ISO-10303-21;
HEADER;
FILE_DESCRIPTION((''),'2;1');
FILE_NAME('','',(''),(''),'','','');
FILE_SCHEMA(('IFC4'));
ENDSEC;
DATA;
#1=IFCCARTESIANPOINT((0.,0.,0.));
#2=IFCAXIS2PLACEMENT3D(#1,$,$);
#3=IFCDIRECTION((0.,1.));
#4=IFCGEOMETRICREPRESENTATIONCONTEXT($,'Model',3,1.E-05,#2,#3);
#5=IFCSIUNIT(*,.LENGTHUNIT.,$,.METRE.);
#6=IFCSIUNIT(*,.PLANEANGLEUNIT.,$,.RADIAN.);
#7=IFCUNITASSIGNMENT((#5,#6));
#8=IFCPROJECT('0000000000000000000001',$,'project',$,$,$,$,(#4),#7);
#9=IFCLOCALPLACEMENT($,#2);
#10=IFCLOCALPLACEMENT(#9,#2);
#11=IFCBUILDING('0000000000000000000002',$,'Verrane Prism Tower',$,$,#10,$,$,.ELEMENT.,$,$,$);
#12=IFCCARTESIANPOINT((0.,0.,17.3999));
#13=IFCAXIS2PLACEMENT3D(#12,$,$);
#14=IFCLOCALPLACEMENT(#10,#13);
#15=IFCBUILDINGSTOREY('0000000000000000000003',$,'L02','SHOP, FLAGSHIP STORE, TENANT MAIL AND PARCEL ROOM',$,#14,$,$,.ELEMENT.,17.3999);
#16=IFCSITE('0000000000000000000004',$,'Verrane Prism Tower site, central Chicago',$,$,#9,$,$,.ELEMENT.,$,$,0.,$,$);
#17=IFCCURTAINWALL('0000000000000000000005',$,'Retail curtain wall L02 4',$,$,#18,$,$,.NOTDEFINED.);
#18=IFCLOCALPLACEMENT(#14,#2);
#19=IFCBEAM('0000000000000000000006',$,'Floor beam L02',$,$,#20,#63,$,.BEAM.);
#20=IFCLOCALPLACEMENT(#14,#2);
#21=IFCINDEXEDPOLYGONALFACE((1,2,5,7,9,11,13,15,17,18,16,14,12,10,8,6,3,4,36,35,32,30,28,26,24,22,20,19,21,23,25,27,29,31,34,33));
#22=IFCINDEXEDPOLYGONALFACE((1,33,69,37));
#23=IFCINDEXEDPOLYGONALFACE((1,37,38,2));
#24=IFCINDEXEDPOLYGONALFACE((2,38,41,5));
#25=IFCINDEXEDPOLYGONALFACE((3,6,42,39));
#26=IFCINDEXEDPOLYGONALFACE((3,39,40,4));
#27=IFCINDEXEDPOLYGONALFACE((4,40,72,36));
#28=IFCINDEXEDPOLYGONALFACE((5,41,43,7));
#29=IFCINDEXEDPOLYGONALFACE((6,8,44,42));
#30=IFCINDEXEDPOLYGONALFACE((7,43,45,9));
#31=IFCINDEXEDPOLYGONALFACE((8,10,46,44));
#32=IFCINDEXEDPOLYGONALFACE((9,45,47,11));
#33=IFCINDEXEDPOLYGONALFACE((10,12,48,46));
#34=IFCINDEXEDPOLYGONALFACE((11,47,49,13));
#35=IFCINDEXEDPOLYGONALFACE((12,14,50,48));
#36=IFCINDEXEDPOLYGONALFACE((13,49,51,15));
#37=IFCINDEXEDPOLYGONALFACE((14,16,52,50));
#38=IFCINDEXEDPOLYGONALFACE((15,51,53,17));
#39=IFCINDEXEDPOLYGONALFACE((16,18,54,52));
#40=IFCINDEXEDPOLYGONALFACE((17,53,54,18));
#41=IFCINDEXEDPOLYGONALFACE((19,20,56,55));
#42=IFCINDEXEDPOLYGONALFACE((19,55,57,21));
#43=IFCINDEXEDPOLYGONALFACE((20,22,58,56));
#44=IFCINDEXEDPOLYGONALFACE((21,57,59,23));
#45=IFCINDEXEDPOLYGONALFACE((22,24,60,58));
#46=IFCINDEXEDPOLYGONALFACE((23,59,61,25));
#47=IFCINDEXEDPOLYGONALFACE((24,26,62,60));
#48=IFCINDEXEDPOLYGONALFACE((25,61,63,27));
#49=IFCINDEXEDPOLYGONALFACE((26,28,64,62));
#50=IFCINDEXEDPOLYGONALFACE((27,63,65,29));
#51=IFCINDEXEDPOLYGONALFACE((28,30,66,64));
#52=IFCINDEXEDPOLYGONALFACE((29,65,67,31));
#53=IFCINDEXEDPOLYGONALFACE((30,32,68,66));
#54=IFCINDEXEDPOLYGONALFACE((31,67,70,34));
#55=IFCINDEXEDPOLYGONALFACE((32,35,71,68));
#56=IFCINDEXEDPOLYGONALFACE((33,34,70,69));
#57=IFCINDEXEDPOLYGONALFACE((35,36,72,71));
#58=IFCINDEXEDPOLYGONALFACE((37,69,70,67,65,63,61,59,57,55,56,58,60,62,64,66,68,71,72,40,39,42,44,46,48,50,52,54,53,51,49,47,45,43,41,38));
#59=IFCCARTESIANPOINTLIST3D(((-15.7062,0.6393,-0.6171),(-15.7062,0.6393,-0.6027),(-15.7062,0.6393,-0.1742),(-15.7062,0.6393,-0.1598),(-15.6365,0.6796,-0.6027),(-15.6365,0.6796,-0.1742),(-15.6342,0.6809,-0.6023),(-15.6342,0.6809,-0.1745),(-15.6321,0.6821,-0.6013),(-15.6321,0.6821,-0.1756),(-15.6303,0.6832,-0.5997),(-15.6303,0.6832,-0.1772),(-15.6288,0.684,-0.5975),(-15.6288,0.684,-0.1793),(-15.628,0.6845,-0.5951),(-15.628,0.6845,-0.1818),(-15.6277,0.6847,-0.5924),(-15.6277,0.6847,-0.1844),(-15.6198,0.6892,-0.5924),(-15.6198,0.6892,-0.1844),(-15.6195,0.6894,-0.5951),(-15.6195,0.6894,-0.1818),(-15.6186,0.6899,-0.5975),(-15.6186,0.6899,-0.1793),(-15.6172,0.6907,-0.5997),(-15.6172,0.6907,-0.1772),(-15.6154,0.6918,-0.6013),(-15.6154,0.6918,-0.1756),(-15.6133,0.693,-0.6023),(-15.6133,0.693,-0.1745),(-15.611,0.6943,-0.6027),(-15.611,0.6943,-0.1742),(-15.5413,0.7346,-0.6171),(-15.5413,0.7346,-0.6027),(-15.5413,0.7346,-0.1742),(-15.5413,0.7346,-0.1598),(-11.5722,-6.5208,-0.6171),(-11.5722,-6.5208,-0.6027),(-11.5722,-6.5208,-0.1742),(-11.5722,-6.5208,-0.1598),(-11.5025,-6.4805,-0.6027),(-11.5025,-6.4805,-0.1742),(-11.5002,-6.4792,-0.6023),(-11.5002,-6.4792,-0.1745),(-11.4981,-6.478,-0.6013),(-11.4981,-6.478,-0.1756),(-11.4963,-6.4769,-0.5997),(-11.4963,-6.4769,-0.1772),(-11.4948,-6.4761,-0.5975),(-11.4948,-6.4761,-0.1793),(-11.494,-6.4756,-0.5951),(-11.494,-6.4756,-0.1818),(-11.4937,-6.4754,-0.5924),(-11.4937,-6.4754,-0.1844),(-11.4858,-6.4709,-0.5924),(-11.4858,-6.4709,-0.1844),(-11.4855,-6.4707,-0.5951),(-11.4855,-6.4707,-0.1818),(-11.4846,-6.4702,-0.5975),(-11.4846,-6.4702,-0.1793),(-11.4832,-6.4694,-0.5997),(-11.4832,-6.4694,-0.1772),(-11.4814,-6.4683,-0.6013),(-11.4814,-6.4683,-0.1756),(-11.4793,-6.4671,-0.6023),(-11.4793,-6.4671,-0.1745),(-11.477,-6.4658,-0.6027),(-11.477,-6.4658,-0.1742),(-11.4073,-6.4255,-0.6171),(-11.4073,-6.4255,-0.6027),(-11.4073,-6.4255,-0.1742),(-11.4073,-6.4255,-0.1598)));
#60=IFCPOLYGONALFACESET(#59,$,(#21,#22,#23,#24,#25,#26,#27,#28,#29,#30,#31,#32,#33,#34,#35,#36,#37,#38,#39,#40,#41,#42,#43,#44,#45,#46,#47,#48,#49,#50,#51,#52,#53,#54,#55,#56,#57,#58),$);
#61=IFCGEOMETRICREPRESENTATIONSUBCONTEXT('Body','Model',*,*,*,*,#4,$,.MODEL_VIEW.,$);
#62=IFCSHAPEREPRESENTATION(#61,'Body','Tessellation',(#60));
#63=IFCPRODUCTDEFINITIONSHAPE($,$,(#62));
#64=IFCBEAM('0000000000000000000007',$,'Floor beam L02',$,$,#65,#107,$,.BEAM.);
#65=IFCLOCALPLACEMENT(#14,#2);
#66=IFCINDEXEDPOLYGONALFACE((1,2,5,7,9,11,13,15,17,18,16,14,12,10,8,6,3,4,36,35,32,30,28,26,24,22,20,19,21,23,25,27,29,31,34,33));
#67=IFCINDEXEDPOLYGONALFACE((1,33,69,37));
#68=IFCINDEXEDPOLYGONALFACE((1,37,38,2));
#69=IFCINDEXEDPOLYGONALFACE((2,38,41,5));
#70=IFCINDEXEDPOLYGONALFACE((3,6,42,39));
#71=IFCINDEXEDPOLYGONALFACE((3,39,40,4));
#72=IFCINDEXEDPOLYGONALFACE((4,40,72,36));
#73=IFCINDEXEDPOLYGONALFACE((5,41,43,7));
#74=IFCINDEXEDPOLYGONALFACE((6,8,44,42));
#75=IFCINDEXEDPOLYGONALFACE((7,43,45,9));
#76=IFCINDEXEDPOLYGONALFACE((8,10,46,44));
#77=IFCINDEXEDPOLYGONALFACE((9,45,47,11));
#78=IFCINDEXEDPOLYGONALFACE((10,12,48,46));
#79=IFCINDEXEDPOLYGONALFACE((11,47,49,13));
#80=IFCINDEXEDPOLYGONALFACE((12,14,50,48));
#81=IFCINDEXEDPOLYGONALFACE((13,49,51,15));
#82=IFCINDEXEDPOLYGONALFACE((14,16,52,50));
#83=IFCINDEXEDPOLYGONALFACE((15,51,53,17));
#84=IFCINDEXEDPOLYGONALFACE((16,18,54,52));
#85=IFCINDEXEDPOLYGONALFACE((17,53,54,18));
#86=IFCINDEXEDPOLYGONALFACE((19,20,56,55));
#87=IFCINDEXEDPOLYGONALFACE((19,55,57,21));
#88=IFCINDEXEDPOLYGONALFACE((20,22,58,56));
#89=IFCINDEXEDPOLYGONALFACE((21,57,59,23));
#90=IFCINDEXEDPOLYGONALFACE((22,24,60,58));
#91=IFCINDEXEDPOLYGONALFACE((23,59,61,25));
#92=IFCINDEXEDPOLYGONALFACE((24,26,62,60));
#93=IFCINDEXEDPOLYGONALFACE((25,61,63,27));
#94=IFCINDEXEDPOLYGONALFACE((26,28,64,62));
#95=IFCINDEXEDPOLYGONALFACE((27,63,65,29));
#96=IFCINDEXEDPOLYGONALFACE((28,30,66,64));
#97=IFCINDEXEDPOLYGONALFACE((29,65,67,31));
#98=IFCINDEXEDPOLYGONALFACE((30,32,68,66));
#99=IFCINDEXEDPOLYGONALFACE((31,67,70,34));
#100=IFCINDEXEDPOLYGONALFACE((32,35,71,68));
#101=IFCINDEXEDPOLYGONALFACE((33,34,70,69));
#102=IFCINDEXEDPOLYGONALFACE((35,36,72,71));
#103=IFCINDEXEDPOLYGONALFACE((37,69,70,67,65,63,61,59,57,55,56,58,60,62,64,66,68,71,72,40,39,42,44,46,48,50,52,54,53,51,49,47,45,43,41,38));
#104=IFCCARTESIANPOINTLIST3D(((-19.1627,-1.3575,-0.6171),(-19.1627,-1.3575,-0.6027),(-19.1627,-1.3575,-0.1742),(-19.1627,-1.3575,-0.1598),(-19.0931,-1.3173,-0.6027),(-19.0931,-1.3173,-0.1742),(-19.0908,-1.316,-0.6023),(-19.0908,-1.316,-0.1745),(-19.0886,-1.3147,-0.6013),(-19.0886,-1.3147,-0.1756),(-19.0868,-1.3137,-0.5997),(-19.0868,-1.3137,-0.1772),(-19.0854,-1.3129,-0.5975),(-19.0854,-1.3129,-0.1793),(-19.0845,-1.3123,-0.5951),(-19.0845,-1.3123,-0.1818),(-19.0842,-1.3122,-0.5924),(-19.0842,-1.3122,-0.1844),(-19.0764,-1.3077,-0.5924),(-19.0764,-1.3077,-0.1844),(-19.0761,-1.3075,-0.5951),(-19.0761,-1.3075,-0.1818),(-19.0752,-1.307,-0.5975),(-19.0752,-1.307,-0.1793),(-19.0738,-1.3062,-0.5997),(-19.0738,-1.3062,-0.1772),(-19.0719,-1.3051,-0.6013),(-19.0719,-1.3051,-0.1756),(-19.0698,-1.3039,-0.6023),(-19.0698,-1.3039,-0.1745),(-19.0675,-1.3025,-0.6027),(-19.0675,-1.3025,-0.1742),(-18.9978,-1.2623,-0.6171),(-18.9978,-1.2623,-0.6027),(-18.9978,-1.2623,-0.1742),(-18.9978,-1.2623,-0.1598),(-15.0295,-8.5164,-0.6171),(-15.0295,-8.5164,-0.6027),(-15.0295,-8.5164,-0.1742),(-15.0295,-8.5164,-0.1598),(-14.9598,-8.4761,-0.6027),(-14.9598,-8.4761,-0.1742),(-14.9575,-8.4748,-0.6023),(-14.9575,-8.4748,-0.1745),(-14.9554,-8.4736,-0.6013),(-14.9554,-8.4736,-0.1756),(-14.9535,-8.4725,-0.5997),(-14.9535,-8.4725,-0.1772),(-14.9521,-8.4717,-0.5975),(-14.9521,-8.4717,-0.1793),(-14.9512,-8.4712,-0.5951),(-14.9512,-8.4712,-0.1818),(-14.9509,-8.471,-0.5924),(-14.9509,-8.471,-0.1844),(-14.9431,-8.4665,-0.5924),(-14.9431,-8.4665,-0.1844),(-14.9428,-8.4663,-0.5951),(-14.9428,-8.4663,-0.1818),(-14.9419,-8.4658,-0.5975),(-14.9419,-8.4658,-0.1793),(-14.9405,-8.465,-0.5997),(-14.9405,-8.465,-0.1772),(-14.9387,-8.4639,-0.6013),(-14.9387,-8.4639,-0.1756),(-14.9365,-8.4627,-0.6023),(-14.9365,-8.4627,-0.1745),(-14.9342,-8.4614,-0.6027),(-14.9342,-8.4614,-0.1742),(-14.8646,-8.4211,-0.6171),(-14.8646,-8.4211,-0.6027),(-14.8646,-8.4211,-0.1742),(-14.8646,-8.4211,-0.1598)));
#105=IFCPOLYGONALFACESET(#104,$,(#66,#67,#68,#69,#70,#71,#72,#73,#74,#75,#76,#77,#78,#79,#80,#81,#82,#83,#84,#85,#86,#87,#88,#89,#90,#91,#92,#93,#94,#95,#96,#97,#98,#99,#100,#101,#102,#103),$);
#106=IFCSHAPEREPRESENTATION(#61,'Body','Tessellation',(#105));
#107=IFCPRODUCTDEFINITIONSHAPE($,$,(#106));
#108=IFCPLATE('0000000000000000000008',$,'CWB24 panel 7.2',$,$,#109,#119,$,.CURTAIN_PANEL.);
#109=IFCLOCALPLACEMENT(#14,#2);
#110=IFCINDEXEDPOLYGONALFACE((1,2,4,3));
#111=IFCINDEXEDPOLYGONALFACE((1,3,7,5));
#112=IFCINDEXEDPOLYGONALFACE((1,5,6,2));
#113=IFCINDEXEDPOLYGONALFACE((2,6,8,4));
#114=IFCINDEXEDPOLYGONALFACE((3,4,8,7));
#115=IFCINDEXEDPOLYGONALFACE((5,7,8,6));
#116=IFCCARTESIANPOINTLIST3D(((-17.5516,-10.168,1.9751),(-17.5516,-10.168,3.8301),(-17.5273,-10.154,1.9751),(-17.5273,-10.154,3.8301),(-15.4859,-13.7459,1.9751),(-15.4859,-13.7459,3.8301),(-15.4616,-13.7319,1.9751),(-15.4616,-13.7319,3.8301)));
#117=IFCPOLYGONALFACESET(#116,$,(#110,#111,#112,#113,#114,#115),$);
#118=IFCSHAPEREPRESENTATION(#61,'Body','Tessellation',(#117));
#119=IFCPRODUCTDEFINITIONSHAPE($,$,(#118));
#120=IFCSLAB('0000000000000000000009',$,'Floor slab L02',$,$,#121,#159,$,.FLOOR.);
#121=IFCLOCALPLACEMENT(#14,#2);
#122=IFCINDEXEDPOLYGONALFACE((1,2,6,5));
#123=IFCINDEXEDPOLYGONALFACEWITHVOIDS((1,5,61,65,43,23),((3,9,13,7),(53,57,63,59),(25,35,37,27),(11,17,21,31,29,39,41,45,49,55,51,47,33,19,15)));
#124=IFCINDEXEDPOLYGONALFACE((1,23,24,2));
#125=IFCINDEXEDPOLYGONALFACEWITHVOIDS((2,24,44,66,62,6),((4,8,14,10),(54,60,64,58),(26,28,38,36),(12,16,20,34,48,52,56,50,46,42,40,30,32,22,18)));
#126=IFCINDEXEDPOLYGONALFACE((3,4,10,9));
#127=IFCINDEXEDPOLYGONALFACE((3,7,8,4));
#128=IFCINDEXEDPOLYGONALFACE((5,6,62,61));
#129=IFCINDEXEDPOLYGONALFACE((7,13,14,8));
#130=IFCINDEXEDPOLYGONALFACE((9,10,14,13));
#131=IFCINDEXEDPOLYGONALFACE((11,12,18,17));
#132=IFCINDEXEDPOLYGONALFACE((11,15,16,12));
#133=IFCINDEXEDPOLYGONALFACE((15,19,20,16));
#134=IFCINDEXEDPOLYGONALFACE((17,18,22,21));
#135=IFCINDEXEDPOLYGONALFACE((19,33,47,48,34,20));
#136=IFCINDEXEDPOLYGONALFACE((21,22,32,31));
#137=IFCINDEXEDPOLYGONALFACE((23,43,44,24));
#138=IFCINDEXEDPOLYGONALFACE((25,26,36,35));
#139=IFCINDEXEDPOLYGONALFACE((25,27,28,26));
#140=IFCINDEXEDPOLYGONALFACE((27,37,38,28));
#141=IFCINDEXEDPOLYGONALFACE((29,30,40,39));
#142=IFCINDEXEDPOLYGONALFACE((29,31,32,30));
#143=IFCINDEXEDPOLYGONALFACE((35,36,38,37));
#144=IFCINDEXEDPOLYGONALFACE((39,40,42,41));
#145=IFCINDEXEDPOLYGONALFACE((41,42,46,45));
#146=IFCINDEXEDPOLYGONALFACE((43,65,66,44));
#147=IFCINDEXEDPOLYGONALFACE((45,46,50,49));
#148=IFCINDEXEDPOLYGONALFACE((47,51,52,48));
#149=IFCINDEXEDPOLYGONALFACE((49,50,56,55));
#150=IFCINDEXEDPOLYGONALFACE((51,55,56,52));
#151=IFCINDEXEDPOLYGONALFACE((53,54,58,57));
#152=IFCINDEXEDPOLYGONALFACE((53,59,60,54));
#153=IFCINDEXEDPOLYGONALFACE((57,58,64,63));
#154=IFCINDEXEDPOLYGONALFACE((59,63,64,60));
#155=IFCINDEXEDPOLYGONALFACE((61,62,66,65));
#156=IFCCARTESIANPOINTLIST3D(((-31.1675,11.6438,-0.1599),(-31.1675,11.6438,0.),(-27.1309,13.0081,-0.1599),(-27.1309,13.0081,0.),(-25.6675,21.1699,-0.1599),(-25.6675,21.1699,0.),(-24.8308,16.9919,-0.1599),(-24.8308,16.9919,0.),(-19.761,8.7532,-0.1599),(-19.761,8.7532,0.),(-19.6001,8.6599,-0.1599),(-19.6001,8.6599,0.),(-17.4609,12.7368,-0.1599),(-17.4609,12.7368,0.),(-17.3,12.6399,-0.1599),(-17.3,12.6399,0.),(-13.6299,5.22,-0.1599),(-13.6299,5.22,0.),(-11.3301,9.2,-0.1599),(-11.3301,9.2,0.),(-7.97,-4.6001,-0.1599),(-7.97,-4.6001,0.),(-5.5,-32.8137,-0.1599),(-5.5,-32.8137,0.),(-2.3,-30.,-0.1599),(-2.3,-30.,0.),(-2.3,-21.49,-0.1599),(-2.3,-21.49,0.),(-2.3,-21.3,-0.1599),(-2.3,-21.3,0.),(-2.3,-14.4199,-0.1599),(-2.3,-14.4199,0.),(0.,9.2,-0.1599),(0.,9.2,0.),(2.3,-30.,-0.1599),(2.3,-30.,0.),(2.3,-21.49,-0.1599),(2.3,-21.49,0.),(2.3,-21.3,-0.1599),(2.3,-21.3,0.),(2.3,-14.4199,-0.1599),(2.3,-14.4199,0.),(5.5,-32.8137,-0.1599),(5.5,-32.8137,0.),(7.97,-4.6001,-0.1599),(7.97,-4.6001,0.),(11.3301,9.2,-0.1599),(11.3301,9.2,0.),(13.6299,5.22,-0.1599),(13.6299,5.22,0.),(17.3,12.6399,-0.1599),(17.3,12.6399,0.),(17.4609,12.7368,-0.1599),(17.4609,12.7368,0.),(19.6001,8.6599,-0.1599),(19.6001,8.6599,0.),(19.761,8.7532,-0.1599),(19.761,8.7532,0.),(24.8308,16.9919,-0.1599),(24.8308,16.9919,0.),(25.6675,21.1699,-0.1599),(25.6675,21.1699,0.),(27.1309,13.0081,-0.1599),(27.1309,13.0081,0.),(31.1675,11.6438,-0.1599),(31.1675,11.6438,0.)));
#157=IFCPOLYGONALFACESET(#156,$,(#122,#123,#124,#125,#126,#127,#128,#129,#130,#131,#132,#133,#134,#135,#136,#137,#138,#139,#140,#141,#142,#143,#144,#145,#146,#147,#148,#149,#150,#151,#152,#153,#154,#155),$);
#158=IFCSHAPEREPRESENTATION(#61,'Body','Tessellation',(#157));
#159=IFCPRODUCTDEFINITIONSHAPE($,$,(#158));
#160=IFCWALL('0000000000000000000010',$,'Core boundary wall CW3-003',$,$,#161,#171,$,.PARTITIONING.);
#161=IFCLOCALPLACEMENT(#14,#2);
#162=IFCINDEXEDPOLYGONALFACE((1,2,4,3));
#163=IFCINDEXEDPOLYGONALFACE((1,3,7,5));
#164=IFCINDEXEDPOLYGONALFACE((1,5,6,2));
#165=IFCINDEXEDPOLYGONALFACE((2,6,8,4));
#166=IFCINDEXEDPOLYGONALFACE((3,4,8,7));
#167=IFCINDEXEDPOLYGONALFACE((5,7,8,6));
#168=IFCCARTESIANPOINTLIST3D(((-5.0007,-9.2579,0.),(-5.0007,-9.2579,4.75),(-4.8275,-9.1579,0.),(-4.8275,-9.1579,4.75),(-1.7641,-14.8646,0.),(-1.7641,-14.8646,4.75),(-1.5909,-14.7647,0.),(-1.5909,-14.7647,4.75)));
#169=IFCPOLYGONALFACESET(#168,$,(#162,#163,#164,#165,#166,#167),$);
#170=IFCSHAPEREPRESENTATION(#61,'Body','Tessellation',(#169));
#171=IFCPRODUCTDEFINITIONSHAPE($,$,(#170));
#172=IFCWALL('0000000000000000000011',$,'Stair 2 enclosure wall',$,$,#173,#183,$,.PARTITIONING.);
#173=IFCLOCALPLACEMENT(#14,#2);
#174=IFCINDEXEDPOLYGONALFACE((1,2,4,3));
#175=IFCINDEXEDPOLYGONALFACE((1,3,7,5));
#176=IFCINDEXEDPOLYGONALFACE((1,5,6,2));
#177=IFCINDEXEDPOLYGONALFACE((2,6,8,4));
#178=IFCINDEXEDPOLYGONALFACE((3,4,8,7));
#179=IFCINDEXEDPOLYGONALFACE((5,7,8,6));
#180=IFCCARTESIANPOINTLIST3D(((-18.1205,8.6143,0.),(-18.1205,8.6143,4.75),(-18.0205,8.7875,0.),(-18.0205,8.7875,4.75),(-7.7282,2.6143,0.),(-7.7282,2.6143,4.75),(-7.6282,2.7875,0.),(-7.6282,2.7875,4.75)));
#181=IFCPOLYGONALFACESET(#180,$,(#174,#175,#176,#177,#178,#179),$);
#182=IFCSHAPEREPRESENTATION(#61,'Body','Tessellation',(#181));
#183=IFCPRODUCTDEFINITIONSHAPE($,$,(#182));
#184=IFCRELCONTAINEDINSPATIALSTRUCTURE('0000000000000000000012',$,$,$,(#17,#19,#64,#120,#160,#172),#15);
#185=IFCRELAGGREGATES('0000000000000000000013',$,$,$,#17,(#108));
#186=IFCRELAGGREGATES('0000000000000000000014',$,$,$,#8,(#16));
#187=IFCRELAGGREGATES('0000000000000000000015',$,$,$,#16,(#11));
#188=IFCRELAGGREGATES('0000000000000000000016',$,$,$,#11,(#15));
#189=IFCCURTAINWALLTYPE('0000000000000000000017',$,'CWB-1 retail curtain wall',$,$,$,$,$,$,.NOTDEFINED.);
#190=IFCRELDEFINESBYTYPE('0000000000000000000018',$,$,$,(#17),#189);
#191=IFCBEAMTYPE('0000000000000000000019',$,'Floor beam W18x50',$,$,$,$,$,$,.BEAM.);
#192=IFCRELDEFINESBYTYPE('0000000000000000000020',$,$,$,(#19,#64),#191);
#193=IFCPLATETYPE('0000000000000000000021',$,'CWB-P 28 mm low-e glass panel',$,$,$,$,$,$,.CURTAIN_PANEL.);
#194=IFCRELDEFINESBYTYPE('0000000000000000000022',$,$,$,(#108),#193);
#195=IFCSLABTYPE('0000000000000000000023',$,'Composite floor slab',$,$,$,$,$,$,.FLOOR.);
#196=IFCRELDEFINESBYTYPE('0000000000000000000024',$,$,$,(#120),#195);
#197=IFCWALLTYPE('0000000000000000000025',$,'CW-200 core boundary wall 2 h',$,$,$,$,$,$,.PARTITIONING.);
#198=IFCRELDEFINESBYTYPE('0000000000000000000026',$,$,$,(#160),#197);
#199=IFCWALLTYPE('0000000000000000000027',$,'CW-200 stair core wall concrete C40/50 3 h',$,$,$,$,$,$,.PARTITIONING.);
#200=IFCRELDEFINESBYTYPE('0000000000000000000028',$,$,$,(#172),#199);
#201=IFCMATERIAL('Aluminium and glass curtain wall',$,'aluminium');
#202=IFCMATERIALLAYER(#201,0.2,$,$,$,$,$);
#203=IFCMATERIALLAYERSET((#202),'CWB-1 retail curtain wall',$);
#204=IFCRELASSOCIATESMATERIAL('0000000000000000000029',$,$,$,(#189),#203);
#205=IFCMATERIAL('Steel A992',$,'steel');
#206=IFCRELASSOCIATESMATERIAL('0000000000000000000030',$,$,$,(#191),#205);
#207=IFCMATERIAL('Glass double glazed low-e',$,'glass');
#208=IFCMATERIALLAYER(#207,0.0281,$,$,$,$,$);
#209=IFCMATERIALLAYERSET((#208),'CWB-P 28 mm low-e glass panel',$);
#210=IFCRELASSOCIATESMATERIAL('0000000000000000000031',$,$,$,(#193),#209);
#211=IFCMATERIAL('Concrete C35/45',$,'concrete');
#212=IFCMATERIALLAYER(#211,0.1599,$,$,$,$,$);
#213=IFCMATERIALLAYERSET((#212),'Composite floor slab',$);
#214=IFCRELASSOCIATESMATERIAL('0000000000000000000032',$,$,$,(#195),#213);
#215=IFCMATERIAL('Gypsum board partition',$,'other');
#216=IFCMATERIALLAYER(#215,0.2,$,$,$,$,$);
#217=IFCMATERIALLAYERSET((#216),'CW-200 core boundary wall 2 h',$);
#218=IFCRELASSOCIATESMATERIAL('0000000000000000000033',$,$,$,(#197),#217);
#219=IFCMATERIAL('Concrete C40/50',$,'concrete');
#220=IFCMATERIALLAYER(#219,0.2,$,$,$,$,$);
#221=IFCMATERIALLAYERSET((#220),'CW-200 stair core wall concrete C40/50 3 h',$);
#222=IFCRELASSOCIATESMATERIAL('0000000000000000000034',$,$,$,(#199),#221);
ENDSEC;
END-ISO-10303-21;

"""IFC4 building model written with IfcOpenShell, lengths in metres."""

from ifc_helpers import new_model, si_unit, direction, frame, frame_2d, origin, origin_2d, place, context, subcontext, project, spatial, polyline, rectangle, i_section, outline, extrude, material, layer, layer_set, material_profile, profile_set, type_object, element, aggregate, save


model = new_model("IFC4")

# Units and contexts
model_context = context("Model", 3, precision=1e-05, world=origin(), true_north=direction((0.0, 1.0)))
body_context = subcontext(model_context, "Body", "Model", "MODEL_VIEW")
ifc_project = project(units=[si_unit("LENGTHUNIT", "METRE"), si_unit("PLANEANGLEUNIT", "RADIAN")], contexts=[model_context])

# Site, building, storey
site_placement = place(None, origin())
site = spatial("IfcSite", under=ifc_project, at=site_placement, Name="Verrane Prism Tower site, central Chicago", CompositionType="ELEMENT", RefElevation=0.0)
building_placement = place(site_placement, origin())
building = spatial("IfcBuilding", under=site, at=building_placement, Name="Verrane Prism Tower", CompositionType="ELEMENT")
storey_placement = place(building_placement, frame((0.0, 0.0, 17.3999)))
storey = spatial("IfcBuildingStorey", under=building, at=storey_placement, Name="L02", Description="SHOP, FLAGSHIP STORE, TENANT MAIL AND PARCEL ROOM", CompositionType="ELEMENT", Elevation=17.3999)

# Curtain wall
ifc_material_1 = material(Name="Aluminium and glass curtain wall", Category="aluminium")
ifc_layer_1 = layer(ifc_material_1, 0.2)
ifc_layer_set_1 = layer_set([ifc_layer_1], Name="CWB-1 retail curtain wall")
curtain_wall_type = type_object("IfcCurtainWallType", Name="CWB-1 retail curtain wall", PredefinedType="NOTDEFINED", material=ifc_layer_set_1)
curtain_wall_placement = place(storey_placement, origin())
curtain_wall = element("IfcCurtainWall", 1, at=curtain_wall_placement, inside=storey, type_object=curtain_wall_type, Name="Retail curtain wall L02 4", PredefinedType="NOTDEFINED")

# Beams
ifc_material_2 = material(Name="Steel A992", Category="steel")
ifc_material_profile_1 = material_profile(ifc_material_2, i_section(OverallWidth=0.1904, OverallDepth=0.4573, WebThickness=0.009, FlangeThickness=0.0144, FilletRadius=0.0103, at=origin_2d()), Name="W18x50")
ifc_profile_set_1 = profile_set([ifc_material_profile_1], Name="Steel A992")
beam_type_1 = type_object("IfcBeamType", Name="Floor beam W18x50", PredefinedType="BEAM", material=ifc_profile_set_1)
beam_1_placement = place(storey_placement, frame((-11.4897, -6.4731, -0.3884), z_axis=(-0.50001, 0.866019, 0.0), x_axis=(-0.866019, -0.50001, 0.0)))
element("IfcBeam", 2, at=beam_1_placement, inside=storey, type_object=beam_type_1, Name="Floor beam L02", PredefinedType="BEAM", context=body_context, shape_type="SweptSolid", body=[
    extrude(i_section(OverallWidth=0.1904, OverallDepth=0.4573, WebThickness=0.009, FlangeThickness=0.0144, FilletRadius=0.0103, at=origin_2d()), origin(), (0.0, 0.0, 1.0), 8.2678),
])
beam_2_placement = place(storey_placement, frame((-14.947, -8.4688, -0.3884), z_axis=(-0.500008, 0.866021, 0.0), x_axis=(-0.866021, -0.500008, 0.0)))
element("IfcBeam", 3, at=beam_2_placement, inside=storey, type_object=beam_type_1, Name="Floor beam L02", PredefinedType="BEAM", context=body_context, shape_type="SweptSolid", body=[
    extrude(i_section(OverallWidth=0.1904, OverallDepth=0.4573, WebThickness=0.009, FlangeThickness=0.0144, FilletRadius=0.0103, at=origin_2d()), origin(), (0.0, 0.0, 1.0), 8.2664),
])

# Plate
ifc_material_3 = material(Name="Glass double glazed low-e", Category="glass")
ifc_layer_2 = layer(ifc_material_3, 0.0281)
ifc_layer_set_2 = layer_set([ifc_layer_2], Name="CWB-P 28 mm low-e glass panel")
plate_type = type_object("IfcPlateType", Name="CWB-P 28 mm low-e glass panel", PredefinedType="CURTAIN_PANEL", material=ifc_layer_set_2)
plate_placement = place(storey_placement, frame((-16.5066, -11.95, 1.9751), z_axis=(0.0, 0.0, 1.0), x_axis=(0.5, -0.866025, 0.0)))
plate = element("IfcPlate", 4, at=plate_placement, type_object=plate_type, Name="CWB24 panel 7.2", PredefinedType="CURTAIN_PANEL", context=body_context, shape_type="SweptSolid", body=[
    extrude(rectangle(XDim=4.1313, YDim=0.0281, at=origin_2d()), origin(), (0.0, 0.0, 1.0), 1.855),
])
aggregate(curtain_wall, [plate])

# Slab
ifc_material_4 = material(Name="Concrete C35/45", Category="concrete")
ifc_layer_3 = layer(ifc_material_4, 0.1599)
ifc_layer_set_3 = layer_set([ifc_layer_3], Name="Composite floor slab")
slab_type = type_object("IfcSlabType", Name="Composite floor slab", PredefinedType="FLOOR", material=ifc_layer_set_3)
slab_placement = place(storey_placement, frame((0.0, 0.0, -0.1599)))
element("IfcSlab", 5, at=slab_placement, inside=storey, type_object=slab_type, Name="Floor slab L02", PredefinedType="FLOOR", context=body_context, shape_type="SweptSolid", body=[
    extrude(outline(polyline([(-25.6675, 21.1699), (25.6675, 21.1699), (31.1675, 11.6438), (5.5, -32.8137), (-5.5, -32.8137), (-31.1675, 11.6438), (-25.6675, 21.1699)]), holes=[polyline([(0.0, 9.2), (-11.3301, 9.2), (-17.3, 12.6399), (-19.6001, 8.6599), (-13.6299, 5.22), (-7.97, -4.6001), (-2.3, -14.4199), (-2.3, -21.3), (2.3, -21.3), (2.3, -14.4199), (7.97, -4.6001), (13.6299, 5.22), (19.6001, 8.6599), (17.3, 12.6399), (11.3301, 9.2), (0.0, 9.2)]), polyline([(17.4609, 12.7368), (19.761, 8.7532), (27.1309, 13.0081), (24.8308, 16.9919), (17.4609, 12.7368)]), polyline([(-27.1309, 13.0081), (-19.761, 8.7532), (-17.4609, 12.7368), (-24.8308, 16.9919), (-27.1309, 13.0081)]), polyline([(-2.3, -30.0), (2.3, -30.0), (2.3, -21.49), (-2.3, -21.49), (-2.3, -30.0)])]), origin(), (0.0, 0.0, 1.0), 0.1599),
])

# Walls
ifc_material_5 = material(Name="Gypsum board partition", Category="other")
ifc_layer_4 = layer(ifc_material_5, 0.2)
ifc_layer_set_4 = layer_set([ifc_layer_4], Name="CW-200 core boundary wall 2 h")
wall_type_1 = type_object("IfcWallType", Name="CW-200 core boundary wall 2 h", PredefinedType="PARTITIONING", material=ifc_layer_set_4)
wall_1_placement = place(storey_placement, frame((-4.9141, -9.208, 0.0), z_axis=(0.0, 0.0, 1.0), x_axis=(0.499948, -0.866056, 0.0)))
element("IfcWall", 6, at=wall_1_placement, inside=storey, type_object=wall_type_1, Name="Core boundary wall CW3-003", PredefinedType="PARTITIONING", context=body_context, shape_type="SweptSolid", body=[
    extrude(rectangle(XDim=6.4739, YDim=0.2, at=frame_2d((3.2368, 0.0))), origin(), (0.0, 0.0, 1.0), 4.75),
])
ifc_material_6 = material(Name="Concrete C40/50", Category="concrete")
ifc_layer_5 = layer(ifc_material_6, 0.2)
ifc_layer_set_5 = layer_set([ifc_layer_5], Name="CW-200 stair core wall concrete C40/50 3 h")
wall_type_2 = type_object("IfcWallType", Name="CW-200 stair core wall concrete C40/50 3 h", PredefinedType="PARTITIONING", material=ifc_layer_set_5)
for number, where, z_axis, x_axis, name in (
    (7, (-7.6782, 2.7009, 0.0), (0.0, 0.0, 1.0), (-0.866026, 0.499999, 0.0), "Stair 2 enclosure wall"),
):
    element("IfcWall", number, at=place(storey_placement, frame(where, z_axis=z_axis, x_axis=x_axis)), inside=storey, type_object=wall_type_2, Name=name, PredefinedType="PARTITIONING", context=body_context, shape_type="SweptSolid", body=[
        extrude(rectangle(XDim=12.0, YDim=0.2, at=frame_2d((6.0, 0.0))), origin(), (0.0, 0.0, 1.0), 4.75),
    ])

save(model, "model.ifc")
